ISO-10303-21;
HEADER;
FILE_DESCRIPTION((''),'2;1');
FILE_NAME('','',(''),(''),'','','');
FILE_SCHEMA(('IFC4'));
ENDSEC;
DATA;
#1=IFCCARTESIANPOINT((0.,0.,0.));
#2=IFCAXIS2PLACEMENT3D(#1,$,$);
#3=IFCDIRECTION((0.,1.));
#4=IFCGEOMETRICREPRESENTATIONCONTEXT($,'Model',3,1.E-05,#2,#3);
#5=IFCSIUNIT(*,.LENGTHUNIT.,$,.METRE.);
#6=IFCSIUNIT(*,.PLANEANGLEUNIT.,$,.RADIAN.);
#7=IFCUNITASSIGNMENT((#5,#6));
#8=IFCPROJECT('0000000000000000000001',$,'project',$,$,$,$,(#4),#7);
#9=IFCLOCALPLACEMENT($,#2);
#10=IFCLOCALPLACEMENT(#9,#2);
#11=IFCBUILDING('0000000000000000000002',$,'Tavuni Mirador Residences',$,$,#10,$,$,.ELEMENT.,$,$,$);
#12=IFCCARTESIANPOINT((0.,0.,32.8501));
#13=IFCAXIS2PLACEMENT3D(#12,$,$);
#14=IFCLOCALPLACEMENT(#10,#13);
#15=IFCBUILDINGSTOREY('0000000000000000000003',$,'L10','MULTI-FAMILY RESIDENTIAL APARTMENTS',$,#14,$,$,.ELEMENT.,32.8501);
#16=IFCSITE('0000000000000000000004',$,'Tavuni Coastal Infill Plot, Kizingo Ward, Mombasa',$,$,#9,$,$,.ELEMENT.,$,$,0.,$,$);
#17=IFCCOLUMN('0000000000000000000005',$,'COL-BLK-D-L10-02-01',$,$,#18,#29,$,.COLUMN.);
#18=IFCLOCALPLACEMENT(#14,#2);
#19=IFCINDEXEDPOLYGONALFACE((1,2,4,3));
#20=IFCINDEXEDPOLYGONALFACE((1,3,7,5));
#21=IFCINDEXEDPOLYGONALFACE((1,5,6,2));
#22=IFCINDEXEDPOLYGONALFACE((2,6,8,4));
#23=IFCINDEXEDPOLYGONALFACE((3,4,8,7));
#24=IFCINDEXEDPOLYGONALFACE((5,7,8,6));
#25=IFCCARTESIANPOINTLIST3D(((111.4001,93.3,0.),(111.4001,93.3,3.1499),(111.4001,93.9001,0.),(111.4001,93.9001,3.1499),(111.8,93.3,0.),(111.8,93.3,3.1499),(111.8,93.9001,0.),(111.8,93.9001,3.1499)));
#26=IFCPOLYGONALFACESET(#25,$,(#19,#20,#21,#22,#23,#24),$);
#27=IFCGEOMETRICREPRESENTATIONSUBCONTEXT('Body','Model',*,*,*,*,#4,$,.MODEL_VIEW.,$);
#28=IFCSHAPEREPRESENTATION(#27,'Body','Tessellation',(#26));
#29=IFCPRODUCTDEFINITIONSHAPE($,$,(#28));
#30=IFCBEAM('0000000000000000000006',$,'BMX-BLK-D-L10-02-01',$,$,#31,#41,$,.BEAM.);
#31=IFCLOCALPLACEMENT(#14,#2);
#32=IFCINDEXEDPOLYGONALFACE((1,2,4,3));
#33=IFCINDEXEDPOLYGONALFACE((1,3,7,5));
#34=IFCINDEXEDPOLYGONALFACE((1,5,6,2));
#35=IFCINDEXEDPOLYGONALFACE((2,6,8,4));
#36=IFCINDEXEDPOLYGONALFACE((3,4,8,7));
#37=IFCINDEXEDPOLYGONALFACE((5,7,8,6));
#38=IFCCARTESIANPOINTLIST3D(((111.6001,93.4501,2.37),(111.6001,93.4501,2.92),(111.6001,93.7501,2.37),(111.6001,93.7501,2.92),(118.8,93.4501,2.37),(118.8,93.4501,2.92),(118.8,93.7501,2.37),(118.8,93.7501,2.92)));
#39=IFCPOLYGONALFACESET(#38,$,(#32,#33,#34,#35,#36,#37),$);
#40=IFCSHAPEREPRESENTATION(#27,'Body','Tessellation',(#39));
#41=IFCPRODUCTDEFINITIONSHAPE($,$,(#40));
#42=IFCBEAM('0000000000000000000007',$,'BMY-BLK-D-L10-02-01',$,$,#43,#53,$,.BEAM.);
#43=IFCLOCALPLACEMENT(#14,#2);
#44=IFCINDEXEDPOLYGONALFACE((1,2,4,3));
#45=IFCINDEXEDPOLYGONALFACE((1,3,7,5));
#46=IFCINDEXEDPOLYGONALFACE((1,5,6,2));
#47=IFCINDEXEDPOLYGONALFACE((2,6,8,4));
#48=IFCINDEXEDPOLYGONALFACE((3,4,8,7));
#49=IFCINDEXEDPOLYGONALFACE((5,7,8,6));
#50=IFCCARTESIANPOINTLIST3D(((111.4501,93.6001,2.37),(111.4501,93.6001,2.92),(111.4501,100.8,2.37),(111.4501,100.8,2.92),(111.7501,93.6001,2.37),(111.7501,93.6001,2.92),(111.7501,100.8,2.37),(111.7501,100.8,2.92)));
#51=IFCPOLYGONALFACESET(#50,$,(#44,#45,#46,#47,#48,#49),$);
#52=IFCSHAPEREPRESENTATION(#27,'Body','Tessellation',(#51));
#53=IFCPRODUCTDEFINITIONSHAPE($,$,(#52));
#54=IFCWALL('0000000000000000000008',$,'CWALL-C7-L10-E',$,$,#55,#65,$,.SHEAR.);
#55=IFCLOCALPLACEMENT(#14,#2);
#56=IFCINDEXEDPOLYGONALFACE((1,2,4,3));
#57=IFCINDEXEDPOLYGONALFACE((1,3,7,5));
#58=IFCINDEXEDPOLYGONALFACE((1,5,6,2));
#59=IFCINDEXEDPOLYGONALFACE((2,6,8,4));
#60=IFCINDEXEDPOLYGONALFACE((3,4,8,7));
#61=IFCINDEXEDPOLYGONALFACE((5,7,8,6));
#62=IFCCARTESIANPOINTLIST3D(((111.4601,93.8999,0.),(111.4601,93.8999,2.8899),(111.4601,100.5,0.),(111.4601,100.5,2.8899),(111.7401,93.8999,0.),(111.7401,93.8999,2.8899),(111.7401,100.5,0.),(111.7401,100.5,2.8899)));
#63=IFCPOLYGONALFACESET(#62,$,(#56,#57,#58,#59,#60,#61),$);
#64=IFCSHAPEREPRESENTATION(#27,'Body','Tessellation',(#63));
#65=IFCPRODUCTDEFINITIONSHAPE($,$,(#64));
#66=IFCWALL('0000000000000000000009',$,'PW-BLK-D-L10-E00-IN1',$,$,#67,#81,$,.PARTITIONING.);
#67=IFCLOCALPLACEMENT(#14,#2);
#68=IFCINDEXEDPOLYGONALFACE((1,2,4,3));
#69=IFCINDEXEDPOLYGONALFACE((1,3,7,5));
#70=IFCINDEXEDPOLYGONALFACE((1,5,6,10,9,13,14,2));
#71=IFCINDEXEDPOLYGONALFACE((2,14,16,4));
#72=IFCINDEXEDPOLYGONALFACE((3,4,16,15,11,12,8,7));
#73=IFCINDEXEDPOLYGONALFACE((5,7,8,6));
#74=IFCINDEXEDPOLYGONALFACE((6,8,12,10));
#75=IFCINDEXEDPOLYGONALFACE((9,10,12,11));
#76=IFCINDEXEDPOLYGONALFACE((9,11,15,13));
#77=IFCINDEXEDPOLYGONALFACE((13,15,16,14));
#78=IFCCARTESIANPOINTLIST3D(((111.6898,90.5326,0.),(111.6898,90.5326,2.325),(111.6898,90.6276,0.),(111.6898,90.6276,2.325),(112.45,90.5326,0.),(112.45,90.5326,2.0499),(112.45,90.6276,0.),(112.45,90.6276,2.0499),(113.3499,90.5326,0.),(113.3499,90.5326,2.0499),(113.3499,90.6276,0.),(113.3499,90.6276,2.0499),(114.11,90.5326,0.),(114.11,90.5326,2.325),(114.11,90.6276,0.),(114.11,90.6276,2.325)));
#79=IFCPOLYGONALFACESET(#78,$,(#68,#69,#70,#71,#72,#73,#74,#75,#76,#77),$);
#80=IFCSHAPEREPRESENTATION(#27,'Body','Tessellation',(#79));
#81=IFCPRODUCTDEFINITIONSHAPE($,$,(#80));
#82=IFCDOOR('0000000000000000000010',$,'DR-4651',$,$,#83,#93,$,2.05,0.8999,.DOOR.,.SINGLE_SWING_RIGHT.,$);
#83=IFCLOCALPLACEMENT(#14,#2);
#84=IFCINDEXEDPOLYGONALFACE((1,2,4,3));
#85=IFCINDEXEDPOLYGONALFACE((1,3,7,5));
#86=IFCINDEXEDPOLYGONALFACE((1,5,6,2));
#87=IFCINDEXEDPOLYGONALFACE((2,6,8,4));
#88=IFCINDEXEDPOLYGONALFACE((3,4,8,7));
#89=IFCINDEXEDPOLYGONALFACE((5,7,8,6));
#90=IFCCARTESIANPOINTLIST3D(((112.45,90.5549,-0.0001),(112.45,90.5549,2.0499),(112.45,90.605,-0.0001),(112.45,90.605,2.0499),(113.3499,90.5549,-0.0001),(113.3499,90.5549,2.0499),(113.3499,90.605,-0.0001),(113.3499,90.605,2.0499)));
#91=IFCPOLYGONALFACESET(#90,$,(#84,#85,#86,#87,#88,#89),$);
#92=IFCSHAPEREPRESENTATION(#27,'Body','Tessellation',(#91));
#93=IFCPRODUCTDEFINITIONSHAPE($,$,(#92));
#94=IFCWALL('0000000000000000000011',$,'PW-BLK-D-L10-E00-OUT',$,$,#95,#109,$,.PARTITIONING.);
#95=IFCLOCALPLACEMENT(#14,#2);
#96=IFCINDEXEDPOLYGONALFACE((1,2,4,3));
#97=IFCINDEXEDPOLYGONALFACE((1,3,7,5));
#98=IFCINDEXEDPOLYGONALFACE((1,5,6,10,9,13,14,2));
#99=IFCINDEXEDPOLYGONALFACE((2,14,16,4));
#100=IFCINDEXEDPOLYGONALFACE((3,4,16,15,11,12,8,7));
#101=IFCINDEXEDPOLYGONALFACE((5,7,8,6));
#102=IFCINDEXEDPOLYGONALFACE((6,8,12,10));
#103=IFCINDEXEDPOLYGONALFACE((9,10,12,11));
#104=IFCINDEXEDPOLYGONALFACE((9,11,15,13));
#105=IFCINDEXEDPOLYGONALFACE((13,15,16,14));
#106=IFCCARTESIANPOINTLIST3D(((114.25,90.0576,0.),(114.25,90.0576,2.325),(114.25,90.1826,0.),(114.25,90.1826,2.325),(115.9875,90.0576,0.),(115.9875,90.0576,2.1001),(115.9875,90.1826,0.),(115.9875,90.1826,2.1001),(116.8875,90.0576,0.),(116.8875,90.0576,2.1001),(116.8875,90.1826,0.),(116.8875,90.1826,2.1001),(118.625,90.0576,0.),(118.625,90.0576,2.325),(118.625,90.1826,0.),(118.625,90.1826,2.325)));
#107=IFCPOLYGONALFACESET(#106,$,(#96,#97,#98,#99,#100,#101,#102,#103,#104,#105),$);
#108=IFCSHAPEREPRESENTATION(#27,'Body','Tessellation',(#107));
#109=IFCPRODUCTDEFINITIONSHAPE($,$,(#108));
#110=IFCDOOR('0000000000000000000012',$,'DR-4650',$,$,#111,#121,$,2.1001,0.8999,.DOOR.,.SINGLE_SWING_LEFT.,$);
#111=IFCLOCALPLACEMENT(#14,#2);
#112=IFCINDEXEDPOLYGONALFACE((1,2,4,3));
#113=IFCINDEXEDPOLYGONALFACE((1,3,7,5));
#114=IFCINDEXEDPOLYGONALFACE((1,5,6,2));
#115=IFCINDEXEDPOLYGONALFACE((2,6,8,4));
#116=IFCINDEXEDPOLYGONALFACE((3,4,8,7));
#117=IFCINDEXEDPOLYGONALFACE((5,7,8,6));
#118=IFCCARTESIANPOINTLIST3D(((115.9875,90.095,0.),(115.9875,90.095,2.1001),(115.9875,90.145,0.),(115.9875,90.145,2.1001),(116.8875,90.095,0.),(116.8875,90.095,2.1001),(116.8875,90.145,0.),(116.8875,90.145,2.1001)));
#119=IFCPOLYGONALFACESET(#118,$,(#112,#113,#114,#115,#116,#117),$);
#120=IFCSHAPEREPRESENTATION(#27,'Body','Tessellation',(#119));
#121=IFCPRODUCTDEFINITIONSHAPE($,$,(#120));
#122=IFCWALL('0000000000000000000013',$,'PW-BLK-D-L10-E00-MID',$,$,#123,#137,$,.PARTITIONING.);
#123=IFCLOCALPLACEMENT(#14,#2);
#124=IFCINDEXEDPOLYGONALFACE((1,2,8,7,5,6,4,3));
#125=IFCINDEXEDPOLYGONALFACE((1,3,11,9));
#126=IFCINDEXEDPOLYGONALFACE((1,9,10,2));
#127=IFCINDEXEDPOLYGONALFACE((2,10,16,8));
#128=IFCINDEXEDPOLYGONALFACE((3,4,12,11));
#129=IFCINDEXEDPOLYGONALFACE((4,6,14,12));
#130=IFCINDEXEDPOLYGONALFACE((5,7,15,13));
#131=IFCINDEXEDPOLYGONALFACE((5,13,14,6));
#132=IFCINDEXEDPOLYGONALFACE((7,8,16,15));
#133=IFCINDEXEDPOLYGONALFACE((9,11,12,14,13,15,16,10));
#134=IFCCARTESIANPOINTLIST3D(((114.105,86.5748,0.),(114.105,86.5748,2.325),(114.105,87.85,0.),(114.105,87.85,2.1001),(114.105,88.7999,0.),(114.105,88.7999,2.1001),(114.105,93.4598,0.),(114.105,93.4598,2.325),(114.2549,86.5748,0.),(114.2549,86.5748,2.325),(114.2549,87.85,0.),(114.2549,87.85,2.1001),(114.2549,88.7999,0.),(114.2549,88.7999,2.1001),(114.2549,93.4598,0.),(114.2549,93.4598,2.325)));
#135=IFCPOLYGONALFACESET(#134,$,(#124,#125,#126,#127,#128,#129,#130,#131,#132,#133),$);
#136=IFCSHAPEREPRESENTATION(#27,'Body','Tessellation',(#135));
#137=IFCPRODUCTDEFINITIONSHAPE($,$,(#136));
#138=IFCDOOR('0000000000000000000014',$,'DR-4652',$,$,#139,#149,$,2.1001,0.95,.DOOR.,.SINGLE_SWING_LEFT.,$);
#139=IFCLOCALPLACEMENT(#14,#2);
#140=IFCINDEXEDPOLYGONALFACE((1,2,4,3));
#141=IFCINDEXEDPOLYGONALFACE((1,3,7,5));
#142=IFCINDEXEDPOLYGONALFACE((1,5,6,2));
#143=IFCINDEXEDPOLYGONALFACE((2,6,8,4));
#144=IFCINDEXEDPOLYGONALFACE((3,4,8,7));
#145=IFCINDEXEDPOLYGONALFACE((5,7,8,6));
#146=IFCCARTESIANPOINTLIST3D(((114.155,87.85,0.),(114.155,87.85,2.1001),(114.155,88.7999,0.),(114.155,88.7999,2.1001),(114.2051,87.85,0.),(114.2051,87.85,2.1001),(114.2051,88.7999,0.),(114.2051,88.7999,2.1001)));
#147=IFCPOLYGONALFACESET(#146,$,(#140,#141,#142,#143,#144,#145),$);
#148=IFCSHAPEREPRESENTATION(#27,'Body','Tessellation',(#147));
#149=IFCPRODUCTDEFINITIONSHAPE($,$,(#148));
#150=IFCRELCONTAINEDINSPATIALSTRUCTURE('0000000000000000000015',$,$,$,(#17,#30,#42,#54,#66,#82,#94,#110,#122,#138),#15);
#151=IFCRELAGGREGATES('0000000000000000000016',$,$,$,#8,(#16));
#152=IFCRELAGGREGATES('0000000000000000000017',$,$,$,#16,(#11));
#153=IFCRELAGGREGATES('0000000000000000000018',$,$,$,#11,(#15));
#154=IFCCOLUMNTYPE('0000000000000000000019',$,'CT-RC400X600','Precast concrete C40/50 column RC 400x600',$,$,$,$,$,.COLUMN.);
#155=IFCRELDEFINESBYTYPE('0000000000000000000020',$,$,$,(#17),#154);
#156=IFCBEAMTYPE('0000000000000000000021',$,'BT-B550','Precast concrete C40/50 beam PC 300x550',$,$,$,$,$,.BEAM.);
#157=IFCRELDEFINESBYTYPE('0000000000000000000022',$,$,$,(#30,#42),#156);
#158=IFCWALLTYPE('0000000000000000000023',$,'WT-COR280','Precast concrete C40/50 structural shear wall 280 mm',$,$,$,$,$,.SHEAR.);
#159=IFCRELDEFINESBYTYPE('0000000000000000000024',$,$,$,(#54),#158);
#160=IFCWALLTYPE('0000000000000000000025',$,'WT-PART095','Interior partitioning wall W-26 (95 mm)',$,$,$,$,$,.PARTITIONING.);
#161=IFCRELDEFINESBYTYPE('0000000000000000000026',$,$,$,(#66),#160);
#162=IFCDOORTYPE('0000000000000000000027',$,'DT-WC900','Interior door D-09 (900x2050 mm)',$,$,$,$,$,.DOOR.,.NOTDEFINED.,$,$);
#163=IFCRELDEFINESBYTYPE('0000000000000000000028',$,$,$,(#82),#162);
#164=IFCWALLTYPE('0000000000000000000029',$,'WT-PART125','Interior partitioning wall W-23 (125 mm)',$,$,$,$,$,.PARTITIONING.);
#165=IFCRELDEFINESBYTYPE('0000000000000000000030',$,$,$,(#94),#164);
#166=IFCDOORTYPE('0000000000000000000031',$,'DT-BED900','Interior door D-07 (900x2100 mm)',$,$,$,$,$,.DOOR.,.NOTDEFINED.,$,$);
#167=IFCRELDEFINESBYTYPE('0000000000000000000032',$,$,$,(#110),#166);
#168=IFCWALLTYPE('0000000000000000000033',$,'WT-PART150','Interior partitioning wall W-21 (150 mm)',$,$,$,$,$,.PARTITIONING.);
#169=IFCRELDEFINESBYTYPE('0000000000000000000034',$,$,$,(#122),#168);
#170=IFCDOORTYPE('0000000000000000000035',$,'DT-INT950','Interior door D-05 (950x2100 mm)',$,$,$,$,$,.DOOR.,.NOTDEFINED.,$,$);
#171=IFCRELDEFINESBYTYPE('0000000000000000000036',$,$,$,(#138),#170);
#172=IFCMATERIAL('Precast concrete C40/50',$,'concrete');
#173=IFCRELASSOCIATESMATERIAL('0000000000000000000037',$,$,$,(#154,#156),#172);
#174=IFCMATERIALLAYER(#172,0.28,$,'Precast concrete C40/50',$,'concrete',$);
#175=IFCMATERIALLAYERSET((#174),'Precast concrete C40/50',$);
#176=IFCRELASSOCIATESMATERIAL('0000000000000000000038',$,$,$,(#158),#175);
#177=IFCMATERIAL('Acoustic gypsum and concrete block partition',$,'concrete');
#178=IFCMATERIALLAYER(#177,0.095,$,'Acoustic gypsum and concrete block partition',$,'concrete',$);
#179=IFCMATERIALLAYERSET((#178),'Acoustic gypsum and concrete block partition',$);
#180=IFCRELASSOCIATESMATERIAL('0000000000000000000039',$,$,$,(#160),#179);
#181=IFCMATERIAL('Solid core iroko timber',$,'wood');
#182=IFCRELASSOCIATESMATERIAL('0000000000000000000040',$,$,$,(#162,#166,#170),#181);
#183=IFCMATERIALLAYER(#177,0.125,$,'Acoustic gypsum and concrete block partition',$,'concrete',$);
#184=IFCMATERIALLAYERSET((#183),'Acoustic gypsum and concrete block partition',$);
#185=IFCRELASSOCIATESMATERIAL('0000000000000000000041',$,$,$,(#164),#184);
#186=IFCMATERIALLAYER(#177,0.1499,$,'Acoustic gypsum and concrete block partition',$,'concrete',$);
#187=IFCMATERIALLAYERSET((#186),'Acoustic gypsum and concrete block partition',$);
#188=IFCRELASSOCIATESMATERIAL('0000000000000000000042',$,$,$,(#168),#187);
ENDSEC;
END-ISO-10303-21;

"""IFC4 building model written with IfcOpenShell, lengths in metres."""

from ifc_helpers import new_model, si_unit, direction, frame, frame_2d, origin, origin_2d, place, context, subcontext, project, spatial, rectangle, extrude, material, layer, layer_set, material_profile, profile_set, type_object, element, fill, save


model = new_model("IFC4")

# Units and contexts
model_context = context("Model", 3, precision=1e-05, world=origin(), true_north=direction((0.0, 1.0)))
body_context = subcontext(model_context, "Body", "Model", "MODEL_VIEW")
ifc_project = project(units=[si_unit("LENGTHUNIT", "METRE"), si_unit("PLANEANGLEUNIT", "RADIAN")], contexts=[model_context])

# Site, building, storey
site_placement = place(None, origin())
site = spatial("IfcSite", under=ifc_project, at=site_placement, Name="Tavuni Coastal Infill Plot, Kizingo Ward, Mombasa", CompositionType="ELEMENT", RefElevation=0.0)
building_placement = place(site_placement, origin())
building = spatial("IfcBuilding", under=site, at=building_placement, Name="Tavuni Mirador Residences", CompositionType="ELEMENT")
storey_placement = place(building_placement, frame((0.0, 0.0, 32.8501)))
storey = spatial("IfcBuildingStorey", under=building, at=storey_placement, Name="L10", Description="MULTI-FAMILY RESIDENTIAL APARTMENTS", CompositionType="ELEMENT", Elevation=32.8501)

# Column
ifc_material_1 = material(Name="Precast concrete C40/50", Category="concrete")
ifc_material_profile_1 = material_profile(ifc_material_1, rectangle(XDim=0.3999, YDim=0.6001, at=origin_2d()), Name="RC 400x600", Category="concrete")
ifc_profile_set_1 = profile_set([ifc_material_profile_1], Name="Precast concrete C40/50")
column_type = type_object("IfcColumnType", Name="CT-RC400X600", Description="Precast concrete C40/50 column RC 400x600", PredefinedType="COLUMN", material=ifc_profile_set_1)
column_placement = place(storey_placement, frame((111.6001, 93.6001, 0.0), z_axis=(0.0, 0.0, 1.0), x_axis=(1.0, 0.0, 0.0)))
element("IfcColumn", 1, at=column_placement, inside=storey, type_object=column_type, Name="COL-BLK-D-L10-02-01", PredefinedType="COLUMN", context=body_context, shape_type="SweptSolid", body=[
    extrude(rectangle(XDim=0.3999, YDim=0.6001, at=origin_2d()), origin(), (0.0, 0.0, 1.0), 3.1499),
])

# Beams
ifc_material_profile_2 = material_profile(ifc_material_1, rectangle(XDim=0.3, YDim=0.55, at=origin_2d()), Name="PC 300x550", Category="concrete")
ifc_profile_set_2 = profile_set([ifc_material_profile_2], Name="Precast concrete C40/50")
beam_type = type_object("IfcBeamType", Name="BT-B550", Description="Precast concrete C40/50 beam PC 300x550", PredefinedType="BEAM", material=ifc_profile_set_2)
for number, where, z_axis, x_axis, name in (
    (2, (111.6001, 93.6001, 2.645), (1.0, 0.0, 0.0), (0.0, 1.0, 0.0), "BMX-BLK-D-L10-02-01"),
    (3, (111.6001, 93.6001, 2.645), (0.0, 1.0, 0.0), (-1.0, 0.0, 0.0), "BMY-BLK-D-L10-02-01"),
):
    element("IfcBeam", number, at=place(storey_placement, frame(where, z_axis=z_axis, x_axis=x_axis)), inside=storey, type_object=beam_type, Name=name, PredefinedType="BEAM", context=body_context, shape_type="SweptSolid", body=[
        extrude(rectangle(XDim=0.3, YDim=0.55, at=origin_2d()), origin(), (0.0, 0.0, 1.0), 7.2),
    ])

# Shared definitions
ifc_material_2 = material(Name="Solid core iroko timber", Category="wood")

# Wall
ifc_layer_1 = layer(ifc_material_1, 0.28, Name="Precast concrete C40/50", Category="concrete")
ifc_layer_set_1 = layer_set([ifc_layer_1], Name="Precast concrete C40/50")
wall_type_1 = type_object("IfcWallType", Name="WT-COR280", Description="Precast concrete C40/50 structural shear wall 280 mm", PredefinedType="SHEAR", material=ifc_layer_set_1)
wall_1_placement = place(storey_placement, frame((111.6001, 93.8999, 0.0), z_axis=(0.0, 0.0, 1.0), x_axis=(0.0, 1.0, 0.0)))
element("IfcWall", 4, at=wall_1_placement, inside=storey, type_object=wall_type_1, Name="CWALL-C7-L10-E", PredefinedType="SHEAR", context=body_context, shape_type="SweptSolid", body=[
    extrude(rectangle(XDim=6.6001, YDim=0.28, at=frame_2d((3.3, 0.0))), origin(), (0.0, 0.0, 1.0), 2.8899),
])

# Walls, openings, doors
ifc_material_3 = material(Name="Acoustic gypsum and concrete block partition", Category="concrete")
ifc_layer_2 = layer(ifc_material_3, 0.095, Name="Acoustic gypsum and concrete block partition", Category="concrete")
ifc_layer_set_2 = layer_set([ifc_layer_2], Name="Acoustic gypsum and concrete block partition")
wall_type_2 = type_object("IfcWallType", Name="WT-PART095", Description="Interior partitioning wall W-26 (95 mm)", PredefinedType="PARTITIONING", material=ifc_layer_set_2)
wall_2_placement = place(storey_placement, frame((111.6899, 90.5801, 0.0), z_axis=(0.0, 0.0, 1.0), x_axis=(1.0, 0.0, 0.0)))
wall_2 = element("IfcWall", 5, at=wall_2_placement, inside=storey, type_object=wall_type_2, Name="PW-BLK-D-L10-E00-IN1", PredefinedType="PARTITIONING", context=body_context, shape_type="SweptSolid", body=[
    extrude(rectangle(XDim=2.4202, YDim=0.095, at=frame_2d((1.21, 0.0))), origin(), (0.0, 0.0, 1.0), 2.325),
])
opening_1_placement = place(wall_2_placement, frame((0.76, 0.0, 0.0)))
opening_1 = element("IfcOpeningElement", 6, at=opening_1_placement, cuts=wall_2, PredefinedType="OPENING", context=body_context, shape_type="SweptSolid", body=[
    extrude(rectangle(XDim=0.8999, YDim=2.05, at=frame_2d((0.45, 1.0249))), frame((0.0, 0.0576, 0.0), z_axis=(0.0, -1.0, 0.0), x_axis=(1.0, 0.0, 0.0)), (0.0, 0.0, 1.0), 0.115),
])
door_type_1 = type_object("IfcDoorType", Name="DT-WC900", Description="Interior door D-09 (900x2050 mm)", OperationType="NOTDEFINED", PredefinedType="DOOR", material=ifc_material_2)
door_1_placement = place(opening_1_placement, origin())
door_1 = element("IfcDoor", 7, at=door_1_placement, inside=storey, type_object=door_type_1, Name="DR-4651", OperationType="SINGLE_SWING_RIGHT", OverallHeight=2.05, OverallWidth=0.8999, PredefinedType="DOOR", context=body_context, shape_type="SweptSolid", body=[
    extrude(rectangle(XDim=0.8999, YDim=2.05, at=frame_2d((0.45, 1.0249))), frame((0.0, 0.0249, 0.0), z_axis=(0.0, -1.0, 0.0), x_axis=(1.0, 0.0, 0.0)), (0.0, 0.0, 1.0), 0.05),
])
fill(opening_1, door_1)
ifc_layer_3 = layer(ifc_material_3, 0.125, Name="Acoustic gypsum and concrete block partition", Category="concrete")
ifc_layer_set_3 = layer_set([ifc_layer_3], Name="Acoustic gypsum and concrete block partition")
wall_type_3 = type_object("IfcWallType", Name="WT-PART125", Description="Interior partitioning wall W-23 (125 mm)", PredefinedType="PARTITIONING", material=ifc_layer_set_3)
wall_3_placement = place(storey_placement, frame((114.25, 90.1201, 0.0), z_axis=(0.0, 0.0, 1.0), x_axis=(1.0, 0.0, 0.0)))
wall_3 = element("IfcWall", 8, at=wall_3_placement, inside=storey, type_object=wall_type_3, Name="PW-BLK-D-L10-E00-OUT", PredefinedType="PARTITIONING", context=body_context, shape_type="SweptSolid", body=[
    extrude(rectangle(XDim=4.375, YDim=0.125, at=frame_2d((2.1875, 0.0))), origin(), (0.0, 0.0, 1.0), 2.325),
])
opening_2_placement = place(wall_3_placement, frame((1.7375, 0.0, 0.0)))
opening_2 = element("IfcOpeningElement", 9, at=opening_2_placement, cuts=wall_3, PredefinedType="OPENING", context=body_context, shape_type="SweptSolid", body=[
    extrude(rectangle(XDim=0.8999, YDim=2.1001, at=frame_2d((0.45, 1.05))), frame((0.0, 0.0725, 0.0), z_axis=(0.0, -1.0, 0.0), x_axis=(1.0, 0.0, 0.0)), (0.0, 0.0, 1.0), 0.145),
])
door_type_2 = type_object("IfcDoorType", Name="DT-BED900", Description="Interior door D-07 (900x2100 mm)", OperationType="NOTDEFINED", PredefinedType="DOOR", material=ifc_material_2)
door_2_placement = place(opening_2_placement, origin())
door_2 = element("IfcDoor", 10, at=door_2_placement, inside=storey, type_object=door_type_2, Name="DR-4650", OperationType="SINGLE_SWING_LEFT", OverallHeight=2.1001, OverallWidth=0.8999, PredefinedType="DOOR", context=body_context, shape_type="SweptSolid", body=[
    extrude(rectangle(XDim=0.8999, YDim=2.1001, at=frame_2d((0.45, 1.05))), frame((0.0, 0.0249, 0.0), z_axis=(0.0, -1.0, 0.0), x_axis=(1.0, 0.0, 0.0)), (0.0, 0.0, 1.0), 0.05),
])
fill(opening_2, door_2)
ifc_layer_4 = layer(ifc_material_3, 0.1499, Name="Acoustic gypsum and concrete block partition", Category="concrete")
ifc_layer_set_4 = layer_set([ifc_layer_4], Name="Acoustic gypsum and concrete block partition")
wall_type_4 = type_object("IfcWallType", Name="WT-PART150", Description="Interior partitioning wall W-21 (150 mm)", PredefinedType="PARTITIONING", material=ifc_layer_set_4)
wall_4_placement = place(storey_placement, frame((114.1799, 86.575, 0.0), z_axis=(0.0, 0.0, 1.0), x_axis=(0.0, 1.0, 0.0)))
wall_4 = element("IfcWall", 11, at=wall_4_placement, inside=storey, type_object=wall_type_4, Name="PW-BLK-D-L10-E00-MID", PredefinedType="PARTITIONING", context=body_context, shape_type="SweptSolid", body=[
    extrude(rectangle(XDim=6.885, YDim=0.1499, at=frame_2d((3.4424, 0.0))), origin(), (0.0, 0.0, 1.0), 2.325),
])
opening_3_placement = place(wall_4_placement, frame((1.2749, 0.0, 0.0)))
opening_3 = element("IfcOpeningElement", 12, at=opening_3_placement, cuts=wall_4, PredefinedType="OPENING", context=body_context, shape_type="SweptSolid", body=[
    extrude(rectangle(XDim=0.95, YDim=2.1001, at=frame_2d((0.4751, 1.05))), frame((0.0, 0.085, 0.0), z_axis=(0.0, -1.0, 0.0), x_axis=(1.0, 0.0, 0.0)), (0.0, 0.0, 1.0), 0.1699),
])
door_type_3 = type_object("IfcDoorType", Name="DT-INT950", Description="Interior door D-05 (950x2100 mm)", OperationType="NOTDEFINED", PredefinedType="DOOR", material=ifc_material_2)
door_3_placement = place(opening_3_placement, origin())
door_3 = element("IfcDoor", 13, at=door_3_placement, inside=storey, type_object=door_type_3, Name="DR-4652", OperationType="SINGLE_SWING_LEFT", OverallHeight=2.1001, OverallWidth=0.95, PredefinedType="DOOR", context=body_context, shape_type="SweptSolid", body=[
    extrude(rectangle(XDim=0.95, YDim=2.1001, at=frame_2d((0.4751, 1.05))), frame((0.0, 0.0249, 0.0), z_axis=(0.0, -1.0, 0.0), x_axis=(1.0, 0.0, 0.0)), (0.0, 0.0, 1.0), 0.05),
])
fill(opening_3, door_3)

save(model, "model.ifc")
